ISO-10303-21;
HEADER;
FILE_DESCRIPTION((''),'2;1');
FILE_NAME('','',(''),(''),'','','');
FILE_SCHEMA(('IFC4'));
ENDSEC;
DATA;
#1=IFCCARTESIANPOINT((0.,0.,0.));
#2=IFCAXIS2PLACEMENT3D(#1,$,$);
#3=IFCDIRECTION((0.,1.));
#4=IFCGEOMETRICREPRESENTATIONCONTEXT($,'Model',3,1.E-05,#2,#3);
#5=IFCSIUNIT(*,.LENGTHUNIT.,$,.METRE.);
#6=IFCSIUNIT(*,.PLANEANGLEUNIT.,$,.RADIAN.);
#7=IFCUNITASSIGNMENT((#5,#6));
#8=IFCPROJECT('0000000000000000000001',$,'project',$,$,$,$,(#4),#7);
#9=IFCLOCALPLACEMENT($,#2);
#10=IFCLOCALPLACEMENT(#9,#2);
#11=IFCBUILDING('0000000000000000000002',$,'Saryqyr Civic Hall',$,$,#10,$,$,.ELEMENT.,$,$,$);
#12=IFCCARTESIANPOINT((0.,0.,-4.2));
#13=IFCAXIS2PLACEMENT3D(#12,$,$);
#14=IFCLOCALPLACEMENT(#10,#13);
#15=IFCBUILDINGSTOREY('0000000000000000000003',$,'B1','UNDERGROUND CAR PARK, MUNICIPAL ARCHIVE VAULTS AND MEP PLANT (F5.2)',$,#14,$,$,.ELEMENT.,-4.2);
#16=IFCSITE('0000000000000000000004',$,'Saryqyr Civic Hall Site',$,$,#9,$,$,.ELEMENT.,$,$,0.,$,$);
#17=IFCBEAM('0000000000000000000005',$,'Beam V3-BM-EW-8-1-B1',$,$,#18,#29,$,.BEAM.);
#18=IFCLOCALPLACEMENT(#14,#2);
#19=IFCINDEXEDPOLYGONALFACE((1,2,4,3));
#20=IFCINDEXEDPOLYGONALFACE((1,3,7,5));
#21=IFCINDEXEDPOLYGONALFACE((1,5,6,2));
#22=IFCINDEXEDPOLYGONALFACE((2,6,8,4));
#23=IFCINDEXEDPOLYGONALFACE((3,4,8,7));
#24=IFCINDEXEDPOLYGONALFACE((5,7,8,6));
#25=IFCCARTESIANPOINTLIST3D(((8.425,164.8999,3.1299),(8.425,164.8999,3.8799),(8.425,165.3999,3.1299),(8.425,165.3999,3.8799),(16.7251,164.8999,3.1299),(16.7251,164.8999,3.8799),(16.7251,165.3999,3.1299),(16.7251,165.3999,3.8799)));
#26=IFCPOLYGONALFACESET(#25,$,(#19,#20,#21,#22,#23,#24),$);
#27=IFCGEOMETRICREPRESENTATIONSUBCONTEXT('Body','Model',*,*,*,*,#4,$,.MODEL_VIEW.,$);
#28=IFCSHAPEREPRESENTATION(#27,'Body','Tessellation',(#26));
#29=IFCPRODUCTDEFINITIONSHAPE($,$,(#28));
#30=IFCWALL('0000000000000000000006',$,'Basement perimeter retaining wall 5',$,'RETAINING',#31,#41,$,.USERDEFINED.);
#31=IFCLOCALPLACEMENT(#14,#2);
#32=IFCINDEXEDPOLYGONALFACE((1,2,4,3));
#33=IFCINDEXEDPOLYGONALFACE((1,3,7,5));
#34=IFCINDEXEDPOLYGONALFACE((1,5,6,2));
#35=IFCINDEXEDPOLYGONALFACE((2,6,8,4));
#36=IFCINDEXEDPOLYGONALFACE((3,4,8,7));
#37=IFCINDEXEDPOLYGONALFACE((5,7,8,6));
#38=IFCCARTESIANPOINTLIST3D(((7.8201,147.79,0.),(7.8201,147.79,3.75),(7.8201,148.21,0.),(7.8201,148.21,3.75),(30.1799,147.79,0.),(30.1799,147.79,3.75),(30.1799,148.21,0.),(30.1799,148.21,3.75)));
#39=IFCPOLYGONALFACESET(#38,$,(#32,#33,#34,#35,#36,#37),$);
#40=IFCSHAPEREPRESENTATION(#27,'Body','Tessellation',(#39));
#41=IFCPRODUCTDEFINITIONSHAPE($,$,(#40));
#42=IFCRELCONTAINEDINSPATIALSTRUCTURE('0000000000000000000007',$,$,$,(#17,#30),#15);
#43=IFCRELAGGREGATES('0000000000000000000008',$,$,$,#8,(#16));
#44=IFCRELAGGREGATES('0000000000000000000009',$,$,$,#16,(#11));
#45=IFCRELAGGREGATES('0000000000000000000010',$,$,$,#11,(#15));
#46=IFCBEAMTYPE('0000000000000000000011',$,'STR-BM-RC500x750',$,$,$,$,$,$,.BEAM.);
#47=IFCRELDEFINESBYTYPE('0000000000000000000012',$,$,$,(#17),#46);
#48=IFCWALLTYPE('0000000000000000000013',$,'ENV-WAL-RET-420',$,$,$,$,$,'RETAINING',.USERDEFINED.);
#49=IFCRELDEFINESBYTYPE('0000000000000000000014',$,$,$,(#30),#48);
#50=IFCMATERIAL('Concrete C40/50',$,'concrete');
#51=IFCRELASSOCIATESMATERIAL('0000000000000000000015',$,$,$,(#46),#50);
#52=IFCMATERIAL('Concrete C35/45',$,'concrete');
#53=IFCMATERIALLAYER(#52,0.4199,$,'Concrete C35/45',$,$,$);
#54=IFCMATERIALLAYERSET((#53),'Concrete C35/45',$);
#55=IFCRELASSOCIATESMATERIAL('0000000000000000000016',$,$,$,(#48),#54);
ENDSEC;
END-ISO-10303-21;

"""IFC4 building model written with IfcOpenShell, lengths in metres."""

from ifc_helpers import new_model, si_unit, direction, frame, frame_2d, origin, origin_2d, place, context, subcontext, project, spatial, rectangle, extrude, material, layer, layer_set, material_profile, profile_set, type_object, element, save


model = new_model("IFC4")

# Units and contexts
model_context = context("Model", 3, precision=1e-05, world=origin(), true_north=direction((0.0, 1.0)))
body_context = subcontext(model_context, "Body", "Model", "MODEL_VIEW")
ifc_project = project(units=[si_unit("LENGTHUNIT", "METRE"), si_unit("PLANEANGLEUNIT", "RADIAN")], contexts=[model_context])

# Site, building, storey
site_placement = place(None, origin())
site = spatial("IfcSite", under=ifc_project, at=site_placement, Name="Saryqyr Civic Hall Site", CompositionType="ELEMENT", RefElevation=0.0)
building_placement = place(site_placement, origin())
building = spatial("IfcBuilding", under=site, at=building_placement, Name="Saryqyr Civic Hall", CompositionType="ELEMENT")
storey_placement = place(building_placement, frame((0.0, 0.0, -4.2)))
storey = spatial("IfcBuildingStorey", under=building, at=storey_placement, Name="B1", Description="UNDERGROUND CAR PARK, MUNICIPAL ARCHIVE VAULTS AND MEP PLANT (F5.2)", CompositionType="ELEMENT", Elevation=-4.2)

# Shared definitions
ifc_material_1 = material(Name="Concrete C35/45", Category="concrete")

# Shared definitions
ifc_material_2 = material(Name="Concrete C40/50", Category="concrete")

# Beam
ifc_material_profile_1 = material_profile(ifc_material_2, rectangle(XDim=0.5, YDim=0.75, at=origin_2d()), Name="RC 500x750")
ifc_profile_set_1 = profile_set([ifc_material_profile_1], Name="Concrete C40/50")
beam_type_1 = type_object("IfcBeamType", Name="STR-BM-RC500x750", PredefinedType="BEAM", material=ifc_profile_set_1)
beam_1_placement = place(storey_placement, frame((8.425, 165.1499, 3.5049), z_axis=(1.0, 0.0, 0.0), x_axis=(0.0, 1.0, 0.0)))
element("IfcBeam", 1, at=beam_1_placement, inside=storey, type_object=beam_type_1, Name="Beam V3-BM-EW-8-1-B1", PredefinedType="BEAM", context=body_context, shape_type="SweptSolid", body=[
    extrude(rectangle(XDim=0.5, YDim=0.75, at=origin_2d()), origin(), (0.0, 0.0, 1.0), 8.3),
])

# Wall
ifc_layer = layer(ifc_material_1, 0.4199, Name="Concrete C35/45")
ifc_layer_set = layer_set([ifc_layer], Name="Concrete C35/45")
wall_type = type_object("IfcWallType", Name="ENV-WAL-RET-420", ElementType="RETAINING", PredefinedType="USERDEFINED", material=ifc_layer_set)
wall_placement = place(storey_placement, frame((7.8201, 148.0, 0.0), z_axis=(0.0, 0.0, 1.0), x_axis=(1.0, 0.0, 0.0)))
element("IfcWall", 2, at=wall_placement, inside=storey, type_object=wall_type, Name="Basement perimeter retaining wall 5", ObjectType="RETAINING", PredefinedType="USERDEFINED", context=body_context, shape_type="SweptSolid", body=[
    extrude(rectangle(XDim=22.3599, YDim=0.4199, at=frame_2d((11.1799, 0.0))), origin(), (0.0, 0.0, 1.0), 3.75),
])

save(model, "model.ifc")
